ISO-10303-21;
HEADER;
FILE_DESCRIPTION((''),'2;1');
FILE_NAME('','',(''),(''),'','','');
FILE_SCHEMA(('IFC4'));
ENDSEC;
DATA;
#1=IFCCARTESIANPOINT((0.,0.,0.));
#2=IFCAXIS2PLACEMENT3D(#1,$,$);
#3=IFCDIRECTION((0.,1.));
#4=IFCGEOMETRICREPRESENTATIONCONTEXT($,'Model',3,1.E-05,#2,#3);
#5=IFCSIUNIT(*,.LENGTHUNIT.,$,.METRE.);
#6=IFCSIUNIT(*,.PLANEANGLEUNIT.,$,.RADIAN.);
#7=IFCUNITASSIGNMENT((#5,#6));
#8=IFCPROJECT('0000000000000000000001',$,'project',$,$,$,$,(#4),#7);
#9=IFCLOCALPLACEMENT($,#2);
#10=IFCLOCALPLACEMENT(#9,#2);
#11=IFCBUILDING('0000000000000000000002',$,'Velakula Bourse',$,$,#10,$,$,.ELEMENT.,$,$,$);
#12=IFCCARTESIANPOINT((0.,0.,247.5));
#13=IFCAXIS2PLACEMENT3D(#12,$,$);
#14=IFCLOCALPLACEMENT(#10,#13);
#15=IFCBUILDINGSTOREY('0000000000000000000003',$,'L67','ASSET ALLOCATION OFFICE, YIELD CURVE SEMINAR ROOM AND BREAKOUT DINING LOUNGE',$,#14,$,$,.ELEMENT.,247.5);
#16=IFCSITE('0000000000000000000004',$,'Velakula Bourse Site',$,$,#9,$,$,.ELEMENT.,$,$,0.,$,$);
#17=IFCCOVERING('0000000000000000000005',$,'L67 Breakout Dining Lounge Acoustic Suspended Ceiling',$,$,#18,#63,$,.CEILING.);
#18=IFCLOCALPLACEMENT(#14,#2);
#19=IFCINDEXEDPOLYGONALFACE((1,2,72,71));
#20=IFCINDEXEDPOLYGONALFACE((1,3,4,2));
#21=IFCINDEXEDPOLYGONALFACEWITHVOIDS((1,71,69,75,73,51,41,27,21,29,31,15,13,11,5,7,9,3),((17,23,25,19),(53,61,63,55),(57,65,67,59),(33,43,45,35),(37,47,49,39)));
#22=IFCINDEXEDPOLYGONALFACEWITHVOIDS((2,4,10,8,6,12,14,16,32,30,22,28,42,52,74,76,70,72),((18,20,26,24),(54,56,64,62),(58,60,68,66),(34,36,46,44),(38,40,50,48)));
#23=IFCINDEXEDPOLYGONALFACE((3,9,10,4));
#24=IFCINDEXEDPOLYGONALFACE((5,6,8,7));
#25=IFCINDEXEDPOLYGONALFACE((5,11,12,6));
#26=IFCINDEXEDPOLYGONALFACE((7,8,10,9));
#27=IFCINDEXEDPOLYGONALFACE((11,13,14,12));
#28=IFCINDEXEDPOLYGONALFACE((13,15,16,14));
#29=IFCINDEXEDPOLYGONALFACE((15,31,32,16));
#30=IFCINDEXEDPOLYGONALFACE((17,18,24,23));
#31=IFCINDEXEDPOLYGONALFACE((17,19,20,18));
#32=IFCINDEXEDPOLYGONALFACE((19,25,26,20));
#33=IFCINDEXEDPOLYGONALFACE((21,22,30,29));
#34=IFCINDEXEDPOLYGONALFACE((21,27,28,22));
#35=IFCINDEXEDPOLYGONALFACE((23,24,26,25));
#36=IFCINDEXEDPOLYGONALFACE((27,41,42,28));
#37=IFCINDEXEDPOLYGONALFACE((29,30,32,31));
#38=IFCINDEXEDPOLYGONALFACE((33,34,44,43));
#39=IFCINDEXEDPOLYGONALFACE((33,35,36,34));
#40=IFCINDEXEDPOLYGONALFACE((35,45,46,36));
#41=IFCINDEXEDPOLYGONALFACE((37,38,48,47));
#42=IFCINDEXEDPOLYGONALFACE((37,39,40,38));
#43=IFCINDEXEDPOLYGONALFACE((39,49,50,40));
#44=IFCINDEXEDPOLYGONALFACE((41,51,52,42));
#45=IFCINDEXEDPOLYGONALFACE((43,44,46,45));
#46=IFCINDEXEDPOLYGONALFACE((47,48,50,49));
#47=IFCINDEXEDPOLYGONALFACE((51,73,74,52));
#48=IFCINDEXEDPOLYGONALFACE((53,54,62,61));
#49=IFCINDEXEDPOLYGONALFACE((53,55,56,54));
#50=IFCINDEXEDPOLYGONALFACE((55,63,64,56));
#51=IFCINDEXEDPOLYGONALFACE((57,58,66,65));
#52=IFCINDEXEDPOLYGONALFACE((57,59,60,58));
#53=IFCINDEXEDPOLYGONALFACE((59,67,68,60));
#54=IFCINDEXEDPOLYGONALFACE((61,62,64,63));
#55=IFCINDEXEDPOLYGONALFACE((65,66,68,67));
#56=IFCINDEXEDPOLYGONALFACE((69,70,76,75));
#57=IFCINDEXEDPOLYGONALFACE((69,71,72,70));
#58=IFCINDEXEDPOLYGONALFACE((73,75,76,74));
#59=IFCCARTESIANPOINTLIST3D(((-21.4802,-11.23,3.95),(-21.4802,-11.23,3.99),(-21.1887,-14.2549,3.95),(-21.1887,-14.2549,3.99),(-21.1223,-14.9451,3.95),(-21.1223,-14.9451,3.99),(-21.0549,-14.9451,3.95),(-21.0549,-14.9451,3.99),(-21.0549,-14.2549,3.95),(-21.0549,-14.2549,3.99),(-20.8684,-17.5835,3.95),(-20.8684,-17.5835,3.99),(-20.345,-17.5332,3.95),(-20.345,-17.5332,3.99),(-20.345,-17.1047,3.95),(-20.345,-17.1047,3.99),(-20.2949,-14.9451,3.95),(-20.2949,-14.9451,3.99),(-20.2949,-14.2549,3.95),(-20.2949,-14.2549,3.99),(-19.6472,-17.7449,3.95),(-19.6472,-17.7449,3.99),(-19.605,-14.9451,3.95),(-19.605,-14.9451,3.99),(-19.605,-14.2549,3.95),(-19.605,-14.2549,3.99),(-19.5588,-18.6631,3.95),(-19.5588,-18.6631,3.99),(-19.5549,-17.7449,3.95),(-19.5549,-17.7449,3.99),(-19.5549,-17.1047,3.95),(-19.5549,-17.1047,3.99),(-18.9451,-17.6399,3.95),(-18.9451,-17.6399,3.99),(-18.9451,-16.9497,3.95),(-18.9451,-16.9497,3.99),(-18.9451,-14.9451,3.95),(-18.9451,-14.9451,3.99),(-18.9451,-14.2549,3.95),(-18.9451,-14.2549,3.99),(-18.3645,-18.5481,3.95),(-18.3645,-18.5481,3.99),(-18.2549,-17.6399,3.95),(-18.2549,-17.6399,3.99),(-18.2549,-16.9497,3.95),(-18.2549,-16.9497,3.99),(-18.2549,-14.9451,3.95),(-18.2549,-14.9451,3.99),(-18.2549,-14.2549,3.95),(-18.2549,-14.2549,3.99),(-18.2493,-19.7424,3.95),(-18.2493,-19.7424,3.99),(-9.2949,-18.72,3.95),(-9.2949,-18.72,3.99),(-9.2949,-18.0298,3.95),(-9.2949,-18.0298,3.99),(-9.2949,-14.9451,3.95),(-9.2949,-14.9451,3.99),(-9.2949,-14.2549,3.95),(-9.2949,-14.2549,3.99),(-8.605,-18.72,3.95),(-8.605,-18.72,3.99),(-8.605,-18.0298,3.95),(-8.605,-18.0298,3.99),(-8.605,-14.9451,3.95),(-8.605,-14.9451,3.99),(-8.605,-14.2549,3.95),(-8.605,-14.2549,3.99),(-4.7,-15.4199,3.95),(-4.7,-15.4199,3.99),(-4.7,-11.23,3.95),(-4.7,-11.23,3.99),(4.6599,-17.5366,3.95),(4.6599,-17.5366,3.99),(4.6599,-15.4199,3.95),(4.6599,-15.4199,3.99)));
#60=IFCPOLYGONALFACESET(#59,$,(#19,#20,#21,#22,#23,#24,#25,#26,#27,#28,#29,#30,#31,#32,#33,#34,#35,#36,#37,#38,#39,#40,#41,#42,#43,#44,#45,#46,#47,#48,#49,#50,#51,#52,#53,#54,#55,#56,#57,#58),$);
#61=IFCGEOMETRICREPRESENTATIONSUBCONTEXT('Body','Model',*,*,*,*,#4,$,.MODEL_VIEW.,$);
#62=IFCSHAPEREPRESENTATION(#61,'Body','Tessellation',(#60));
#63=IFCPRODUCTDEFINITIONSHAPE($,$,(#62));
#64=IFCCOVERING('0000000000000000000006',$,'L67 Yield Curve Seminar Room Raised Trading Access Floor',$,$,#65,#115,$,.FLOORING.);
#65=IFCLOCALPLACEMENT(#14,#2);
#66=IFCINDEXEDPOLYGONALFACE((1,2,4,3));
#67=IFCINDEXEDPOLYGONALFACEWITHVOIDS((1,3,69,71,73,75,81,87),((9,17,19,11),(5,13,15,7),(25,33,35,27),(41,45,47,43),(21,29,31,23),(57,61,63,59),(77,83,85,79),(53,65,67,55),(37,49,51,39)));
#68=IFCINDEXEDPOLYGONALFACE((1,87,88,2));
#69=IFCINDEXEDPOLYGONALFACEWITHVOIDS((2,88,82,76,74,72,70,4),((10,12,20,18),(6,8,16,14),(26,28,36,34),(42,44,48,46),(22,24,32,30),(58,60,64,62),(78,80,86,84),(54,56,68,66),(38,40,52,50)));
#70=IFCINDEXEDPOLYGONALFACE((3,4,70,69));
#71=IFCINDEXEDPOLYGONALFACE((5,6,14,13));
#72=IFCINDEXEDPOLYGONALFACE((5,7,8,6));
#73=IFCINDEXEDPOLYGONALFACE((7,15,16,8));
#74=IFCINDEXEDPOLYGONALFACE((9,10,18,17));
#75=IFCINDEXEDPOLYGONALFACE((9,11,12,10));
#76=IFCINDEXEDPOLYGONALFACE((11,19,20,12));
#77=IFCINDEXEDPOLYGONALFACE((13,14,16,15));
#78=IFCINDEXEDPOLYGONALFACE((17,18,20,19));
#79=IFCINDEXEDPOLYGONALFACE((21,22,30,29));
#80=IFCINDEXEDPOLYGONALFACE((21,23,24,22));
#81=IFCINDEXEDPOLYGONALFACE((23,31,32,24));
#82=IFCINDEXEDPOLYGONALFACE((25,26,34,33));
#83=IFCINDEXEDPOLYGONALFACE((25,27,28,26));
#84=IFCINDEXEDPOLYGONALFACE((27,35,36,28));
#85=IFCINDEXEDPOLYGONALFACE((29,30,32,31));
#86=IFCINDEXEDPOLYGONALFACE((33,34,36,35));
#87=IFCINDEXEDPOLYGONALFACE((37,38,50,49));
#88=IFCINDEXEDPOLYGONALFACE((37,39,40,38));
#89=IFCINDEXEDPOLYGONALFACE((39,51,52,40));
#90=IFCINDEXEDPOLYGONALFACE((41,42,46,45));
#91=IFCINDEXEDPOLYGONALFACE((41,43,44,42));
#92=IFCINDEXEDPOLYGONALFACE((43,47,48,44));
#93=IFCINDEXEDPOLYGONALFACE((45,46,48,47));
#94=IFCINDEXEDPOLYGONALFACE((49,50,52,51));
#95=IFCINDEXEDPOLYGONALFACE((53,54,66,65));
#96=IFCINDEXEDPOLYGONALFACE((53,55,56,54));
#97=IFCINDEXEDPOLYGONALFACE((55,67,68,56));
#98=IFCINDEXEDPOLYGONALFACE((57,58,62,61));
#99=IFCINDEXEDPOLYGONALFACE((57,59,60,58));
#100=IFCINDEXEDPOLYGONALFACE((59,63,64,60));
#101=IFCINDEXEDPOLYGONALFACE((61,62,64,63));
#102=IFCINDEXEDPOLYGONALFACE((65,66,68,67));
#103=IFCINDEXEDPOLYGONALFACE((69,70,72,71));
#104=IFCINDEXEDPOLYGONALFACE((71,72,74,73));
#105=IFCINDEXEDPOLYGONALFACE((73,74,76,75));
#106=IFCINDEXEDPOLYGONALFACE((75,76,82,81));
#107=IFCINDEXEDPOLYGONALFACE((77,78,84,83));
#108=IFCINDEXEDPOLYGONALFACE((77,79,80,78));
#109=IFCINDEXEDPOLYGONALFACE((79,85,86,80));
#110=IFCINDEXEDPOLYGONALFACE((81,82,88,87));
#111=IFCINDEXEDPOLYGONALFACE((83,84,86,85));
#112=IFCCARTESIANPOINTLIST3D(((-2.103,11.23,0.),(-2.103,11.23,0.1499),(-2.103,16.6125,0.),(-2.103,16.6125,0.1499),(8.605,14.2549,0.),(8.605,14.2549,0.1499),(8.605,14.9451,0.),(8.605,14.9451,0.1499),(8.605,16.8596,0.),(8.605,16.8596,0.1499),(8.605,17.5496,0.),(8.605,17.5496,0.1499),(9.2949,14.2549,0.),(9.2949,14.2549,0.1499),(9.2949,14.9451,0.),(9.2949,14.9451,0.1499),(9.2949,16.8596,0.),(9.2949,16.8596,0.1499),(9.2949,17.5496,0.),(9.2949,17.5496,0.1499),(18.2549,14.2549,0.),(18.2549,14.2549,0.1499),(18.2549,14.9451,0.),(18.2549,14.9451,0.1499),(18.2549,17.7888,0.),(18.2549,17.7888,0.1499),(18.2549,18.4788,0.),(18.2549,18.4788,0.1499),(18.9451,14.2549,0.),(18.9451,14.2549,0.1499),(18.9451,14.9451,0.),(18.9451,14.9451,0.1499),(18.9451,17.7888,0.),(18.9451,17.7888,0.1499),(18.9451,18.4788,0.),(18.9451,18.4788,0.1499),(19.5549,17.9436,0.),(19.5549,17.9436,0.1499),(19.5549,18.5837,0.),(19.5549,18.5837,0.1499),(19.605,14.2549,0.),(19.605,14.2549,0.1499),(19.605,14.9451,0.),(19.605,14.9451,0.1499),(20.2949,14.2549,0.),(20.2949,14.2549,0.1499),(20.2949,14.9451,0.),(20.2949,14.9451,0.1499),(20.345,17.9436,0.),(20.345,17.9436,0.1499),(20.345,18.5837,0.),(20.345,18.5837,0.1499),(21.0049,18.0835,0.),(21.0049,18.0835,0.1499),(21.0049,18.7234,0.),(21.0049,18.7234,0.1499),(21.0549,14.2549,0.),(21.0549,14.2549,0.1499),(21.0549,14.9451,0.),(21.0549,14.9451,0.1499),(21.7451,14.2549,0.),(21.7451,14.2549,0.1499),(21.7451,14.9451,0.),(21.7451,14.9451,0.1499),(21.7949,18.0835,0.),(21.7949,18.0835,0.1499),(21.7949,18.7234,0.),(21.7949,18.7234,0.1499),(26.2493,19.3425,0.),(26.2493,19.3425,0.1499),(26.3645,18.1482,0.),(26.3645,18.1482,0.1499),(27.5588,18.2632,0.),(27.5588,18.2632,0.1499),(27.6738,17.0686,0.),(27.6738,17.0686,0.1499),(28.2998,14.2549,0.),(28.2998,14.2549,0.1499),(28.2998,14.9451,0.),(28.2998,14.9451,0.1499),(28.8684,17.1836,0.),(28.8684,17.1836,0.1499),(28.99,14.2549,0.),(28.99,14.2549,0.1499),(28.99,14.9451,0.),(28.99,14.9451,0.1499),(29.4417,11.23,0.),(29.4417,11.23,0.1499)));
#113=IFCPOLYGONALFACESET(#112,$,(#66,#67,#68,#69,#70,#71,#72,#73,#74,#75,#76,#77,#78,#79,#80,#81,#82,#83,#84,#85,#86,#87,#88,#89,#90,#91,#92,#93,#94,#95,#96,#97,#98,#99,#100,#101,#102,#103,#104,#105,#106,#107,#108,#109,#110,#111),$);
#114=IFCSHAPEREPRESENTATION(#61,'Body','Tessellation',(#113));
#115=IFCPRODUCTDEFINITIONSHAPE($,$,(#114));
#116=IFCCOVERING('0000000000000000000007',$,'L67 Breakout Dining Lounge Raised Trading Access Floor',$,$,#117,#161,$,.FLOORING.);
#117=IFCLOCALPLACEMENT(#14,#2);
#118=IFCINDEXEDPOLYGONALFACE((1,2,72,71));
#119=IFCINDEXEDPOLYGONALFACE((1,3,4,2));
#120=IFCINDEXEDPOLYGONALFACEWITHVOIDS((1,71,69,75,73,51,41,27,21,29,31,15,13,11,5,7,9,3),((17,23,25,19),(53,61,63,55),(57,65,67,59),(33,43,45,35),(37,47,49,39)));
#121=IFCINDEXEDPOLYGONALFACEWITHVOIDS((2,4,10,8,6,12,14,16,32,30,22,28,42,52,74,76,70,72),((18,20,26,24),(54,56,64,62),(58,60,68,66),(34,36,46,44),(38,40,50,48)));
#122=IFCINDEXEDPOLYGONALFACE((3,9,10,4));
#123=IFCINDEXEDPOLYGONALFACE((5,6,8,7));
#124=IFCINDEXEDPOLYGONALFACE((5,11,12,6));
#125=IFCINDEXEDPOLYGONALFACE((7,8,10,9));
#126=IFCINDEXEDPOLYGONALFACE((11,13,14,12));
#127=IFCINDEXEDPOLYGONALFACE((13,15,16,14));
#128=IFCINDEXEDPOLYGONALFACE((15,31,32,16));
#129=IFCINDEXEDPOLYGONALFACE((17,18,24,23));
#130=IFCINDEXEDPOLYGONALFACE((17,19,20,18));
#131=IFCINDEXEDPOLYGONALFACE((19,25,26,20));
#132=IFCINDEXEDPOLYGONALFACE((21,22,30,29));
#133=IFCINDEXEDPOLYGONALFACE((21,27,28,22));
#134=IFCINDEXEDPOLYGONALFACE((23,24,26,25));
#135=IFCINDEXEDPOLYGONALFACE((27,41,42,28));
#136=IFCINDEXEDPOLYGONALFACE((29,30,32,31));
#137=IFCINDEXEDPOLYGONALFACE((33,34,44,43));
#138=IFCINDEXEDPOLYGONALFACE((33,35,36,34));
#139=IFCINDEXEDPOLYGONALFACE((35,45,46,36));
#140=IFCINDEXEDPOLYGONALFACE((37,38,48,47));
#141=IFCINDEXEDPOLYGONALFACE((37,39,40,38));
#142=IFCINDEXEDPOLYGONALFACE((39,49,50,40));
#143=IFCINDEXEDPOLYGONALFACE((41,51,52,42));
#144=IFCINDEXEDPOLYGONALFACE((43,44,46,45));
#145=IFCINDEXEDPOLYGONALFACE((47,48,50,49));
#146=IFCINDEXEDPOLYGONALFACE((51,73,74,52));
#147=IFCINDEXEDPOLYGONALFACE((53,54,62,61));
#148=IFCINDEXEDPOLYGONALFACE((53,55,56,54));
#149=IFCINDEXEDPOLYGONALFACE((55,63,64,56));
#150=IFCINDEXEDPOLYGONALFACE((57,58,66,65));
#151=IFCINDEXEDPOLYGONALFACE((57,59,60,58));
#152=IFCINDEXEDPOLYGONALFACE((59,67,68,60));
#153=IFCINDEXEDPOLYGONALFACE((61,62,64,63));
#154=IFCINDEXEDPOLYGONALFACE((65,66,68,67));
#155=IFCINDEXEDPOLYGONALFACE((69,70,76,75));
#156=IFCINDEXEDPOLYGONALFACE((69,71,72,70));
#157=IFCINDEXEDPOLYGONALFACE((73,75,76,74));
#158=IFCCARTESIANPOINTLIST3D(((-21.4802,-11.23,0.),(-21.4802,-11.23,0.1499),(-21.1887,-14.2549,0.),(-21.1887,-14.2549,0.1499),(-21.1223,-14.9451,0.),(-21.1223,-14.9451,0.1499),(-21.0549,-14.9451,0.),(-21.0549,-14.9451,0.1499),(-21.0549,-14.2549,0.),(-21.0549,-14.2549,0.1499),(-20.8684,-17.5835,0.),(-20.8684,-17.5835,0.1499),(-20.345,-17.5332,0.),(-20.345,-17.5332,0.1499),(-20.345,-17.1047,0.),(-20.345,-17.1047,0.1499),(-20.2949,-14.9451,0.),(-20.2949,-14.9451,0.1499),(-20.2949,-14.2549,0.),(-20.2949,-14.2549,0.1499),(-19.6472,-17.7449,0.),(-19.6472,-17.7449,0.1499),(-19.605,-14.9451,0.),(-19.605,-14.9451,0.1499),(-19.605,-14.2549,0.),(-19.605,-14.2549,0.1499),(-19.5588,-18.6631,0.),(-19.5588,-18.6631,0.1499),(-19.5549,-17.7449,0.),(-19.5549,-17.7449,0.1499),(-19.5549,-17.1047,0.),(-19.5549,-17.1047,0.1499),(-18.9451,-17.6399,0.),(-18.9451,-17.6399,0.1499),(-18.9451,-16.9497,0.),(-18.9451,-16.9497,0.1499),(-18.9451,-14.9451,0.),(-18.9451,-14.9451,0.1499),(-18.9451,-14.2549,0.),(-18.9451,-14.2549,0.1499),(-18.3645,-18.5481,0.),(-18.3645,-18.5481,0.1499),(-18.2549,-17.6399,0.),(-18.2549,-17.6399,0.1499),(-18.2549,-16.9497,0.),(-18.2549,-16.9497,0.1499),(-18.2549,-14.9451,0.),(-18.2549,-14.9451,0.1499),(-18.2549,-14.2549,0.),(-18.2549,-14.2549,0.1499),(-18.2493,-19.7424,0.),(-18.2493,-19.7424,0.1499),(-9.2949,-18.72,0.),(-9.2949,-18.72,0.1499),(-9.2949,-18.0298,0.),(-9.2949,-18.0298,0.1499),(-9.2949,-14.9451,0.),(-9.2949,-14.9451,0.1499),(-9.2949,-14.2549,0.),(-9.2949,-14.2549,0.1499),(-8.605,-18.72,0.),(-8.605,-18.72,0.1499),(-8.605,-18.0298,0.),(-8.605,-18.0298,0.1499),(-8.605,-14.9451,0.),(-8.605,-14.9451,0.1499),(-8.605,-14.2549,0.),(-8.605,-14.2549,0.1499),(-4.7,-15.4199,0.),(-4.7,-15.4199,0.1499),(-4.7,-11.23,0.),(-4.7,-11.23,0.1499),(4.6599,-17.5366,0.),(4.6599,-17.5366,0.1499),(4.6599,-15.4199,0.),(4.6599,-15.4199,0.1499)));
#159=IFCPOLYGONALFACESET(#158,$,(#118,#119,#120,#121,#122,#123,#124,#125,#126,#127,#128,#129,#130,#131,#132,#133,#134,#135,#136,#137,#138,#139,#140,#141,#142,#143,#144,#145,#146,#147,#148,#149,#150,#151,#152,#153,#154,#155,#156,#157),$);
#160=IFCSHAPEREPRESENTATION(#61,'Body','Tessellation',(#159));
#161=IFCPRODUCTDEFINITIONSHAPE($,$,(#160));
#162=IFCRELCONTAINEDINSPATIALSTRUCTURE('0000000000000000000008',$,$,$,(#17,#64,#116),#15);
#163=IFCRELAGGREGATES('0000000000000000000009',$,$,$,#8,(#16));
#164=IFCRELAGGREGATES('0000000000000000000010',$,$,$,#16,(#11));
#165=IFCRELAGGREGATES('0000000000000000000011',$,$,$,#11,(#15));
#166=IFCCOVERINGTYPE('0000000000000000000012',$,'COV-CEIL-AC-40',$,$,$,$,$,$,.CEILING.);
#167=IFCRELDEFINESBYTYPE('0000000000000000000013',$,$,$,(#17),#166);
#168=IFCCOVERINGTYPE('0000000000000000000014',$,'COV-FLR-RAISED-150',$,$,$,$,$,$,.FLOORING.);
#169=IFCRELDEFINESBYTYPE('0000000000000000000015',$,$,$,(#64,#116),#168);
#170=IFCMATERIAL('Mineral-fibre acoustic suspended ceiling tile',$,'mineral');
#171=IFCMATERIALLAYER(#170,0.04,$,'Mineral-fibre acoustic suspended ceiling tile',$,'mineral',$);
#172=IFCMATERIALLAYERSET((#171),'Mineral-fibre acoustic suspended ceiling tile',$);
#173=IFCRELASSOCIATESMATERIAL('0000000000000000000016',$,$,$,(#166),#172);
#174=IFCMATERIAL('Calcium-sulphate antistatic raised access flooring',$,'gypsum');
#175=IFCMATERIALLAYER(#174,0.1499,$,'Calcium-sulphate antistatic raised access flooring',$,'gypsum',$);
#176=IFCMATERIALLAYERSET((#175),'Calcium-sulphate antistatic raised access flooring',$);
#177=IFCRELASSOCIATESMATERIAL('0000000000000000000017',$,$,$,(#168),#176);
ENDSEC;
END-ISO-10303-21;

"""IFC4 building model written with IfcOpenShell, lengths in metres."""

from ifc_helpers import new_model, si_unit, direction, frame, origin, place, context, subcontext, project, spatial, polyline, outline, extrude, material, layer, layer_set, type_object, element, save


model = new_model("IFC4")

# Units and contexts
model_context = context("Model", 3, precision=1e-05, world=origin(), true_north=direction((0.0, 1.0)))
body_context = subcontext(model_context, "Body", "Model", "MODEL_VIEW")
ifc_project = project(units=[si_unit("LENGTHUNIT", "METRE"), si_unit("PLANEANGLEUNIT", "RADIAN")], contexts=[model_context])

# Site, building, storey
site_placement = place(None, origin())
site = spatial("IfcSite", under=ifc_project, at=site_placement, Name="Velakula Bourse Site", CompositionType="ELEMENT", RefElevation=0.0)
building_placement = place(site_placement, origin())
building = spatial("IfcBuilding", under=site, at=building_placement, Name="Velakula Bourse", CompositionType="ELEMENT")
storey_placement = place(building_placement, frame((0.0, 0.0, 247.5)))
storey = spatial("IfcBuildingStorey", under=building, at=storey_placement, Name="L67", Description="ASSET ALLOCATION OFFICE, YIELD CURVE SEMINAR ROOM AND BREAKOUT DINING LOUNGE", CompositionType="ELEMENT", Elevation=247.5)

# Coverings
ifc_material_1 = material(Name="Mineral-fibre acoustic suspended ceiling tile", Category="mineral")
ifc_layer_1 = layer(ifc_material_1, 0.04, Name="Mineral-fibre acoustic suspended ceiling tile", Category="mineral")
ifc_layer_set_1 = layer_set([ifc_layer_1], Name="Mineral-fibre acoustic suspended ceiling tile")
covering_type_1 = type_object("IfcCoveringType", Name="COV-CEIL-AC-40", PredefinedType="CEILING", material=ifc_layer_set_1)
covering_1_placement = place(storey_placement, frame((0.0, 0.0, 3.95)))
element("IfcCovering", 1, at=covering_1_placement, inside=storey, type_object=covering_type_1, Name="L67 Breakout Dining Lounge Acoustic Suspended Ceiling", PredefinedType="CEILING", context=body_context, shape_type="SweptSolid", body=[
    extrude(outline(polyline([(-21.4802, -11.23), (-4.7, -11.23), (-4.7, -15.4199), (4.6599, -15.4199), (4.6599, -17.5366), (-18.2493, -19.7424), (-18.3645, -18.5481), (-19.5588, -18.6631), (-19.6472, -17.7449), (-19.5549, -17.7449), (-19.5549, -17.1047), (-20.345, -17.1047), (-20.345, -17.5332), (-20.8684, -17.5835), (-21.1223, -14.9451), (-21.0549, -14.9451), (-21.0549, -14.2549), (-21.1887, -14.2549), (-21.4802, -11.23)]), holes=[polyline([(-18.9451, -17.6399), (-18.2549, -17.6399), (-18.2549, -16.9497), (-18.9451, -16.9497), (-18.9451, -17.6399)]), polyline([(-18.9451, -14.9451), (-18.2549, -14.9451), (-18.2549, -14.2549), (-18.9451, -14.2549), (-18.9451, -14.9451)]), polyline([(-20.2949, -14.9451), (-19.605, -14.9451), (-19.605, -14.2549), (-20.2949, -14.2549), (-20.2949, -14.9451)]), polyline([(-9.2949, -18.72), (-8.605, -18.72), (-8.605, -18.0298), (-9.2949, -18.0298), (-9.2949, -18.72)]), polyline([(-9.2949, -14.9451), (-8.605, -14.9451), (-8.605, -14.2549), (-9.2949, -14.2549), (-9.2949, -14.9451)])]), origin(), (0.0, 0.0, 1.0), 0.04),
])
ifc_material_2 = material(Name="Calcium-sulphate antistatic raised access flooring", Category="gypsum")
ifc_layer_2 = layer(ifc_material_2, 0.1499, Name="Calcium-sulphate antistatic raised access flooring", Category="gypsum")
ifc_layer_set_2 = layer_set([ifc_layer_2], Name="Calcium-sulphate antistatic raised access flooring")
covering_type_2 = type_object("IfcCoveringType", Name="COV-FLR-RAISED-150", PredefinedType="FLOORING", material=ifc_layer_set_2)
covering_2_placement = place(storey_placement, origin())
element("IfcCovering", 2, at=covering_2_placement, inside=storey, type_object=covering_type_2, Name="L67 Yield Curve Seminar Room Raised Trading Access Floor", PredefinedType="FLOORING", context=body_context, shape_type="SweptSolid", body=[
    extrude(outline(polyline([(26.3645, 18.1482), (27.5588, 18.2632), (27.6738, 17.0686), (28.8684, 17.1836), (29.4417, 11.23), (-2.103, 11.23), (-2.103, 16.6125), (26.2493, 19.3425), (26.3645, 18.1482)]), holes=[polyline([(8.605, 14.2549), (9.2949, 14.2549), (9.2949, 14.9451), (8.605, 14.9451), (8.605, 14.2549)]), polyline([(18.2549, 14.2549), (18.9451, 14.2549), (18.9451, 14.9451), (18.2549, 14.9451), (18.2549, 14.2549)]), polyline([(8.605, 16.8596), (9.2949, 16.8596), (9.2949, 17.5496), (8.605, 17.5496), (8.605, 16.8596)]), polyline([(18.2549, 17.7888), (18.9451, 17.7888), (18.9451, 18.4788), (18.2549, 18.4788), (18.2549, 17.7888)]), polyline([(19.605, 14.2549), (20.2949, 14.2549), (20.2949, 14.9451), (19.605, 14.9451), (19.605, 14.2549)]), polyline([(21.0549, 14.2549), (21.7451, 14.2549), (21.7451, 14.9451), (21.0549, 14.9451), (21.0549, 14.2549)]), polyline([(28.2998, 14.2549), (28.99, 14.2549), (28.99, 14.9451), (28.2998, 14.9451), (28.2998, 14.2549)]), polyline([(19.5549, 17.9436), (20.345, 17.9436), (20.345, 18.5837), (19.5549, 18.5837), (19.5549, 17.9436)]), polyline([(21.0049, 18.0835), (21.7949, 18.0835), (21.7949, 18.7234), (21.0049, 18.7234), (21.0049, 18.0835)])]), origin(), (0.0, 0.0, 1.0), 0.1499),
])
covering_3_placement = place(storey_placement, origin())
element("IfcCovering", 3, at=covering_3_placement, inside=storey, type_object=covering_type_2, Name="L67 Breakout Dining Lounge Raised Trading Access Floor", PredefinedType="FLOORING", context=body_context, shape_type="SweptSolid", body=[
    extrude(outline(polyline([(-21.4802, -11.23), (-4.7, -11.23), (-4.7, -15.4199), (4.6599, -15.4199), (4.6599, -17.5366), (-18.2493, -19.7424), (-18.3645, -18.5481), (-19.5588, -18.6631), (-19.6472, -17.7449), (-19.5549, -17.7449), (-19.5549, -17.1047), (-20.345, -17.1047), (-20.345, -17.5332), (-20.8684, -17.5835), (-21.1223, -14.9451), (-21.0549, -14.9451), (-21.0549, -14.2549), (-21.1887, -14.2549), (-21.4802, -11.23)]), holes=[polyline([(-18.9451, -17.6399), (-18.2549, -17.6399), (-18.2549, -16.9497), (-18.9451, -16.9497), (-18.9451, -17.6399)]), polyline([(-18.9451, -14.9451), (-18.2549, -14.9451), (-18.2549, -14.2549), (-18.9451, -14.2549), (-18.9451, -14.9451)]), polyline([(-20.2949, -14.9451), (-19.605, -14.9451), (-19.605, -14.2549), (-20.2949, -14.2549), (-20.2949, -14.9451)]), polyline([(-9.2949, -18.72), (-8.605, -18.72), (-8.605, -18.0298), (-9.2949, -18.0298), (-9.2949, -18.72)]), polyline([(-9.2949, -14.9451), (-8.605, -14.9451), (-8.605, -14.2549), (-9.2949, -14.2549), (-9.2949, -14.9451)])]), origin(), (0.0, 0.0, 1.0), 0.1499),
])

save(model, "model.ifc")
